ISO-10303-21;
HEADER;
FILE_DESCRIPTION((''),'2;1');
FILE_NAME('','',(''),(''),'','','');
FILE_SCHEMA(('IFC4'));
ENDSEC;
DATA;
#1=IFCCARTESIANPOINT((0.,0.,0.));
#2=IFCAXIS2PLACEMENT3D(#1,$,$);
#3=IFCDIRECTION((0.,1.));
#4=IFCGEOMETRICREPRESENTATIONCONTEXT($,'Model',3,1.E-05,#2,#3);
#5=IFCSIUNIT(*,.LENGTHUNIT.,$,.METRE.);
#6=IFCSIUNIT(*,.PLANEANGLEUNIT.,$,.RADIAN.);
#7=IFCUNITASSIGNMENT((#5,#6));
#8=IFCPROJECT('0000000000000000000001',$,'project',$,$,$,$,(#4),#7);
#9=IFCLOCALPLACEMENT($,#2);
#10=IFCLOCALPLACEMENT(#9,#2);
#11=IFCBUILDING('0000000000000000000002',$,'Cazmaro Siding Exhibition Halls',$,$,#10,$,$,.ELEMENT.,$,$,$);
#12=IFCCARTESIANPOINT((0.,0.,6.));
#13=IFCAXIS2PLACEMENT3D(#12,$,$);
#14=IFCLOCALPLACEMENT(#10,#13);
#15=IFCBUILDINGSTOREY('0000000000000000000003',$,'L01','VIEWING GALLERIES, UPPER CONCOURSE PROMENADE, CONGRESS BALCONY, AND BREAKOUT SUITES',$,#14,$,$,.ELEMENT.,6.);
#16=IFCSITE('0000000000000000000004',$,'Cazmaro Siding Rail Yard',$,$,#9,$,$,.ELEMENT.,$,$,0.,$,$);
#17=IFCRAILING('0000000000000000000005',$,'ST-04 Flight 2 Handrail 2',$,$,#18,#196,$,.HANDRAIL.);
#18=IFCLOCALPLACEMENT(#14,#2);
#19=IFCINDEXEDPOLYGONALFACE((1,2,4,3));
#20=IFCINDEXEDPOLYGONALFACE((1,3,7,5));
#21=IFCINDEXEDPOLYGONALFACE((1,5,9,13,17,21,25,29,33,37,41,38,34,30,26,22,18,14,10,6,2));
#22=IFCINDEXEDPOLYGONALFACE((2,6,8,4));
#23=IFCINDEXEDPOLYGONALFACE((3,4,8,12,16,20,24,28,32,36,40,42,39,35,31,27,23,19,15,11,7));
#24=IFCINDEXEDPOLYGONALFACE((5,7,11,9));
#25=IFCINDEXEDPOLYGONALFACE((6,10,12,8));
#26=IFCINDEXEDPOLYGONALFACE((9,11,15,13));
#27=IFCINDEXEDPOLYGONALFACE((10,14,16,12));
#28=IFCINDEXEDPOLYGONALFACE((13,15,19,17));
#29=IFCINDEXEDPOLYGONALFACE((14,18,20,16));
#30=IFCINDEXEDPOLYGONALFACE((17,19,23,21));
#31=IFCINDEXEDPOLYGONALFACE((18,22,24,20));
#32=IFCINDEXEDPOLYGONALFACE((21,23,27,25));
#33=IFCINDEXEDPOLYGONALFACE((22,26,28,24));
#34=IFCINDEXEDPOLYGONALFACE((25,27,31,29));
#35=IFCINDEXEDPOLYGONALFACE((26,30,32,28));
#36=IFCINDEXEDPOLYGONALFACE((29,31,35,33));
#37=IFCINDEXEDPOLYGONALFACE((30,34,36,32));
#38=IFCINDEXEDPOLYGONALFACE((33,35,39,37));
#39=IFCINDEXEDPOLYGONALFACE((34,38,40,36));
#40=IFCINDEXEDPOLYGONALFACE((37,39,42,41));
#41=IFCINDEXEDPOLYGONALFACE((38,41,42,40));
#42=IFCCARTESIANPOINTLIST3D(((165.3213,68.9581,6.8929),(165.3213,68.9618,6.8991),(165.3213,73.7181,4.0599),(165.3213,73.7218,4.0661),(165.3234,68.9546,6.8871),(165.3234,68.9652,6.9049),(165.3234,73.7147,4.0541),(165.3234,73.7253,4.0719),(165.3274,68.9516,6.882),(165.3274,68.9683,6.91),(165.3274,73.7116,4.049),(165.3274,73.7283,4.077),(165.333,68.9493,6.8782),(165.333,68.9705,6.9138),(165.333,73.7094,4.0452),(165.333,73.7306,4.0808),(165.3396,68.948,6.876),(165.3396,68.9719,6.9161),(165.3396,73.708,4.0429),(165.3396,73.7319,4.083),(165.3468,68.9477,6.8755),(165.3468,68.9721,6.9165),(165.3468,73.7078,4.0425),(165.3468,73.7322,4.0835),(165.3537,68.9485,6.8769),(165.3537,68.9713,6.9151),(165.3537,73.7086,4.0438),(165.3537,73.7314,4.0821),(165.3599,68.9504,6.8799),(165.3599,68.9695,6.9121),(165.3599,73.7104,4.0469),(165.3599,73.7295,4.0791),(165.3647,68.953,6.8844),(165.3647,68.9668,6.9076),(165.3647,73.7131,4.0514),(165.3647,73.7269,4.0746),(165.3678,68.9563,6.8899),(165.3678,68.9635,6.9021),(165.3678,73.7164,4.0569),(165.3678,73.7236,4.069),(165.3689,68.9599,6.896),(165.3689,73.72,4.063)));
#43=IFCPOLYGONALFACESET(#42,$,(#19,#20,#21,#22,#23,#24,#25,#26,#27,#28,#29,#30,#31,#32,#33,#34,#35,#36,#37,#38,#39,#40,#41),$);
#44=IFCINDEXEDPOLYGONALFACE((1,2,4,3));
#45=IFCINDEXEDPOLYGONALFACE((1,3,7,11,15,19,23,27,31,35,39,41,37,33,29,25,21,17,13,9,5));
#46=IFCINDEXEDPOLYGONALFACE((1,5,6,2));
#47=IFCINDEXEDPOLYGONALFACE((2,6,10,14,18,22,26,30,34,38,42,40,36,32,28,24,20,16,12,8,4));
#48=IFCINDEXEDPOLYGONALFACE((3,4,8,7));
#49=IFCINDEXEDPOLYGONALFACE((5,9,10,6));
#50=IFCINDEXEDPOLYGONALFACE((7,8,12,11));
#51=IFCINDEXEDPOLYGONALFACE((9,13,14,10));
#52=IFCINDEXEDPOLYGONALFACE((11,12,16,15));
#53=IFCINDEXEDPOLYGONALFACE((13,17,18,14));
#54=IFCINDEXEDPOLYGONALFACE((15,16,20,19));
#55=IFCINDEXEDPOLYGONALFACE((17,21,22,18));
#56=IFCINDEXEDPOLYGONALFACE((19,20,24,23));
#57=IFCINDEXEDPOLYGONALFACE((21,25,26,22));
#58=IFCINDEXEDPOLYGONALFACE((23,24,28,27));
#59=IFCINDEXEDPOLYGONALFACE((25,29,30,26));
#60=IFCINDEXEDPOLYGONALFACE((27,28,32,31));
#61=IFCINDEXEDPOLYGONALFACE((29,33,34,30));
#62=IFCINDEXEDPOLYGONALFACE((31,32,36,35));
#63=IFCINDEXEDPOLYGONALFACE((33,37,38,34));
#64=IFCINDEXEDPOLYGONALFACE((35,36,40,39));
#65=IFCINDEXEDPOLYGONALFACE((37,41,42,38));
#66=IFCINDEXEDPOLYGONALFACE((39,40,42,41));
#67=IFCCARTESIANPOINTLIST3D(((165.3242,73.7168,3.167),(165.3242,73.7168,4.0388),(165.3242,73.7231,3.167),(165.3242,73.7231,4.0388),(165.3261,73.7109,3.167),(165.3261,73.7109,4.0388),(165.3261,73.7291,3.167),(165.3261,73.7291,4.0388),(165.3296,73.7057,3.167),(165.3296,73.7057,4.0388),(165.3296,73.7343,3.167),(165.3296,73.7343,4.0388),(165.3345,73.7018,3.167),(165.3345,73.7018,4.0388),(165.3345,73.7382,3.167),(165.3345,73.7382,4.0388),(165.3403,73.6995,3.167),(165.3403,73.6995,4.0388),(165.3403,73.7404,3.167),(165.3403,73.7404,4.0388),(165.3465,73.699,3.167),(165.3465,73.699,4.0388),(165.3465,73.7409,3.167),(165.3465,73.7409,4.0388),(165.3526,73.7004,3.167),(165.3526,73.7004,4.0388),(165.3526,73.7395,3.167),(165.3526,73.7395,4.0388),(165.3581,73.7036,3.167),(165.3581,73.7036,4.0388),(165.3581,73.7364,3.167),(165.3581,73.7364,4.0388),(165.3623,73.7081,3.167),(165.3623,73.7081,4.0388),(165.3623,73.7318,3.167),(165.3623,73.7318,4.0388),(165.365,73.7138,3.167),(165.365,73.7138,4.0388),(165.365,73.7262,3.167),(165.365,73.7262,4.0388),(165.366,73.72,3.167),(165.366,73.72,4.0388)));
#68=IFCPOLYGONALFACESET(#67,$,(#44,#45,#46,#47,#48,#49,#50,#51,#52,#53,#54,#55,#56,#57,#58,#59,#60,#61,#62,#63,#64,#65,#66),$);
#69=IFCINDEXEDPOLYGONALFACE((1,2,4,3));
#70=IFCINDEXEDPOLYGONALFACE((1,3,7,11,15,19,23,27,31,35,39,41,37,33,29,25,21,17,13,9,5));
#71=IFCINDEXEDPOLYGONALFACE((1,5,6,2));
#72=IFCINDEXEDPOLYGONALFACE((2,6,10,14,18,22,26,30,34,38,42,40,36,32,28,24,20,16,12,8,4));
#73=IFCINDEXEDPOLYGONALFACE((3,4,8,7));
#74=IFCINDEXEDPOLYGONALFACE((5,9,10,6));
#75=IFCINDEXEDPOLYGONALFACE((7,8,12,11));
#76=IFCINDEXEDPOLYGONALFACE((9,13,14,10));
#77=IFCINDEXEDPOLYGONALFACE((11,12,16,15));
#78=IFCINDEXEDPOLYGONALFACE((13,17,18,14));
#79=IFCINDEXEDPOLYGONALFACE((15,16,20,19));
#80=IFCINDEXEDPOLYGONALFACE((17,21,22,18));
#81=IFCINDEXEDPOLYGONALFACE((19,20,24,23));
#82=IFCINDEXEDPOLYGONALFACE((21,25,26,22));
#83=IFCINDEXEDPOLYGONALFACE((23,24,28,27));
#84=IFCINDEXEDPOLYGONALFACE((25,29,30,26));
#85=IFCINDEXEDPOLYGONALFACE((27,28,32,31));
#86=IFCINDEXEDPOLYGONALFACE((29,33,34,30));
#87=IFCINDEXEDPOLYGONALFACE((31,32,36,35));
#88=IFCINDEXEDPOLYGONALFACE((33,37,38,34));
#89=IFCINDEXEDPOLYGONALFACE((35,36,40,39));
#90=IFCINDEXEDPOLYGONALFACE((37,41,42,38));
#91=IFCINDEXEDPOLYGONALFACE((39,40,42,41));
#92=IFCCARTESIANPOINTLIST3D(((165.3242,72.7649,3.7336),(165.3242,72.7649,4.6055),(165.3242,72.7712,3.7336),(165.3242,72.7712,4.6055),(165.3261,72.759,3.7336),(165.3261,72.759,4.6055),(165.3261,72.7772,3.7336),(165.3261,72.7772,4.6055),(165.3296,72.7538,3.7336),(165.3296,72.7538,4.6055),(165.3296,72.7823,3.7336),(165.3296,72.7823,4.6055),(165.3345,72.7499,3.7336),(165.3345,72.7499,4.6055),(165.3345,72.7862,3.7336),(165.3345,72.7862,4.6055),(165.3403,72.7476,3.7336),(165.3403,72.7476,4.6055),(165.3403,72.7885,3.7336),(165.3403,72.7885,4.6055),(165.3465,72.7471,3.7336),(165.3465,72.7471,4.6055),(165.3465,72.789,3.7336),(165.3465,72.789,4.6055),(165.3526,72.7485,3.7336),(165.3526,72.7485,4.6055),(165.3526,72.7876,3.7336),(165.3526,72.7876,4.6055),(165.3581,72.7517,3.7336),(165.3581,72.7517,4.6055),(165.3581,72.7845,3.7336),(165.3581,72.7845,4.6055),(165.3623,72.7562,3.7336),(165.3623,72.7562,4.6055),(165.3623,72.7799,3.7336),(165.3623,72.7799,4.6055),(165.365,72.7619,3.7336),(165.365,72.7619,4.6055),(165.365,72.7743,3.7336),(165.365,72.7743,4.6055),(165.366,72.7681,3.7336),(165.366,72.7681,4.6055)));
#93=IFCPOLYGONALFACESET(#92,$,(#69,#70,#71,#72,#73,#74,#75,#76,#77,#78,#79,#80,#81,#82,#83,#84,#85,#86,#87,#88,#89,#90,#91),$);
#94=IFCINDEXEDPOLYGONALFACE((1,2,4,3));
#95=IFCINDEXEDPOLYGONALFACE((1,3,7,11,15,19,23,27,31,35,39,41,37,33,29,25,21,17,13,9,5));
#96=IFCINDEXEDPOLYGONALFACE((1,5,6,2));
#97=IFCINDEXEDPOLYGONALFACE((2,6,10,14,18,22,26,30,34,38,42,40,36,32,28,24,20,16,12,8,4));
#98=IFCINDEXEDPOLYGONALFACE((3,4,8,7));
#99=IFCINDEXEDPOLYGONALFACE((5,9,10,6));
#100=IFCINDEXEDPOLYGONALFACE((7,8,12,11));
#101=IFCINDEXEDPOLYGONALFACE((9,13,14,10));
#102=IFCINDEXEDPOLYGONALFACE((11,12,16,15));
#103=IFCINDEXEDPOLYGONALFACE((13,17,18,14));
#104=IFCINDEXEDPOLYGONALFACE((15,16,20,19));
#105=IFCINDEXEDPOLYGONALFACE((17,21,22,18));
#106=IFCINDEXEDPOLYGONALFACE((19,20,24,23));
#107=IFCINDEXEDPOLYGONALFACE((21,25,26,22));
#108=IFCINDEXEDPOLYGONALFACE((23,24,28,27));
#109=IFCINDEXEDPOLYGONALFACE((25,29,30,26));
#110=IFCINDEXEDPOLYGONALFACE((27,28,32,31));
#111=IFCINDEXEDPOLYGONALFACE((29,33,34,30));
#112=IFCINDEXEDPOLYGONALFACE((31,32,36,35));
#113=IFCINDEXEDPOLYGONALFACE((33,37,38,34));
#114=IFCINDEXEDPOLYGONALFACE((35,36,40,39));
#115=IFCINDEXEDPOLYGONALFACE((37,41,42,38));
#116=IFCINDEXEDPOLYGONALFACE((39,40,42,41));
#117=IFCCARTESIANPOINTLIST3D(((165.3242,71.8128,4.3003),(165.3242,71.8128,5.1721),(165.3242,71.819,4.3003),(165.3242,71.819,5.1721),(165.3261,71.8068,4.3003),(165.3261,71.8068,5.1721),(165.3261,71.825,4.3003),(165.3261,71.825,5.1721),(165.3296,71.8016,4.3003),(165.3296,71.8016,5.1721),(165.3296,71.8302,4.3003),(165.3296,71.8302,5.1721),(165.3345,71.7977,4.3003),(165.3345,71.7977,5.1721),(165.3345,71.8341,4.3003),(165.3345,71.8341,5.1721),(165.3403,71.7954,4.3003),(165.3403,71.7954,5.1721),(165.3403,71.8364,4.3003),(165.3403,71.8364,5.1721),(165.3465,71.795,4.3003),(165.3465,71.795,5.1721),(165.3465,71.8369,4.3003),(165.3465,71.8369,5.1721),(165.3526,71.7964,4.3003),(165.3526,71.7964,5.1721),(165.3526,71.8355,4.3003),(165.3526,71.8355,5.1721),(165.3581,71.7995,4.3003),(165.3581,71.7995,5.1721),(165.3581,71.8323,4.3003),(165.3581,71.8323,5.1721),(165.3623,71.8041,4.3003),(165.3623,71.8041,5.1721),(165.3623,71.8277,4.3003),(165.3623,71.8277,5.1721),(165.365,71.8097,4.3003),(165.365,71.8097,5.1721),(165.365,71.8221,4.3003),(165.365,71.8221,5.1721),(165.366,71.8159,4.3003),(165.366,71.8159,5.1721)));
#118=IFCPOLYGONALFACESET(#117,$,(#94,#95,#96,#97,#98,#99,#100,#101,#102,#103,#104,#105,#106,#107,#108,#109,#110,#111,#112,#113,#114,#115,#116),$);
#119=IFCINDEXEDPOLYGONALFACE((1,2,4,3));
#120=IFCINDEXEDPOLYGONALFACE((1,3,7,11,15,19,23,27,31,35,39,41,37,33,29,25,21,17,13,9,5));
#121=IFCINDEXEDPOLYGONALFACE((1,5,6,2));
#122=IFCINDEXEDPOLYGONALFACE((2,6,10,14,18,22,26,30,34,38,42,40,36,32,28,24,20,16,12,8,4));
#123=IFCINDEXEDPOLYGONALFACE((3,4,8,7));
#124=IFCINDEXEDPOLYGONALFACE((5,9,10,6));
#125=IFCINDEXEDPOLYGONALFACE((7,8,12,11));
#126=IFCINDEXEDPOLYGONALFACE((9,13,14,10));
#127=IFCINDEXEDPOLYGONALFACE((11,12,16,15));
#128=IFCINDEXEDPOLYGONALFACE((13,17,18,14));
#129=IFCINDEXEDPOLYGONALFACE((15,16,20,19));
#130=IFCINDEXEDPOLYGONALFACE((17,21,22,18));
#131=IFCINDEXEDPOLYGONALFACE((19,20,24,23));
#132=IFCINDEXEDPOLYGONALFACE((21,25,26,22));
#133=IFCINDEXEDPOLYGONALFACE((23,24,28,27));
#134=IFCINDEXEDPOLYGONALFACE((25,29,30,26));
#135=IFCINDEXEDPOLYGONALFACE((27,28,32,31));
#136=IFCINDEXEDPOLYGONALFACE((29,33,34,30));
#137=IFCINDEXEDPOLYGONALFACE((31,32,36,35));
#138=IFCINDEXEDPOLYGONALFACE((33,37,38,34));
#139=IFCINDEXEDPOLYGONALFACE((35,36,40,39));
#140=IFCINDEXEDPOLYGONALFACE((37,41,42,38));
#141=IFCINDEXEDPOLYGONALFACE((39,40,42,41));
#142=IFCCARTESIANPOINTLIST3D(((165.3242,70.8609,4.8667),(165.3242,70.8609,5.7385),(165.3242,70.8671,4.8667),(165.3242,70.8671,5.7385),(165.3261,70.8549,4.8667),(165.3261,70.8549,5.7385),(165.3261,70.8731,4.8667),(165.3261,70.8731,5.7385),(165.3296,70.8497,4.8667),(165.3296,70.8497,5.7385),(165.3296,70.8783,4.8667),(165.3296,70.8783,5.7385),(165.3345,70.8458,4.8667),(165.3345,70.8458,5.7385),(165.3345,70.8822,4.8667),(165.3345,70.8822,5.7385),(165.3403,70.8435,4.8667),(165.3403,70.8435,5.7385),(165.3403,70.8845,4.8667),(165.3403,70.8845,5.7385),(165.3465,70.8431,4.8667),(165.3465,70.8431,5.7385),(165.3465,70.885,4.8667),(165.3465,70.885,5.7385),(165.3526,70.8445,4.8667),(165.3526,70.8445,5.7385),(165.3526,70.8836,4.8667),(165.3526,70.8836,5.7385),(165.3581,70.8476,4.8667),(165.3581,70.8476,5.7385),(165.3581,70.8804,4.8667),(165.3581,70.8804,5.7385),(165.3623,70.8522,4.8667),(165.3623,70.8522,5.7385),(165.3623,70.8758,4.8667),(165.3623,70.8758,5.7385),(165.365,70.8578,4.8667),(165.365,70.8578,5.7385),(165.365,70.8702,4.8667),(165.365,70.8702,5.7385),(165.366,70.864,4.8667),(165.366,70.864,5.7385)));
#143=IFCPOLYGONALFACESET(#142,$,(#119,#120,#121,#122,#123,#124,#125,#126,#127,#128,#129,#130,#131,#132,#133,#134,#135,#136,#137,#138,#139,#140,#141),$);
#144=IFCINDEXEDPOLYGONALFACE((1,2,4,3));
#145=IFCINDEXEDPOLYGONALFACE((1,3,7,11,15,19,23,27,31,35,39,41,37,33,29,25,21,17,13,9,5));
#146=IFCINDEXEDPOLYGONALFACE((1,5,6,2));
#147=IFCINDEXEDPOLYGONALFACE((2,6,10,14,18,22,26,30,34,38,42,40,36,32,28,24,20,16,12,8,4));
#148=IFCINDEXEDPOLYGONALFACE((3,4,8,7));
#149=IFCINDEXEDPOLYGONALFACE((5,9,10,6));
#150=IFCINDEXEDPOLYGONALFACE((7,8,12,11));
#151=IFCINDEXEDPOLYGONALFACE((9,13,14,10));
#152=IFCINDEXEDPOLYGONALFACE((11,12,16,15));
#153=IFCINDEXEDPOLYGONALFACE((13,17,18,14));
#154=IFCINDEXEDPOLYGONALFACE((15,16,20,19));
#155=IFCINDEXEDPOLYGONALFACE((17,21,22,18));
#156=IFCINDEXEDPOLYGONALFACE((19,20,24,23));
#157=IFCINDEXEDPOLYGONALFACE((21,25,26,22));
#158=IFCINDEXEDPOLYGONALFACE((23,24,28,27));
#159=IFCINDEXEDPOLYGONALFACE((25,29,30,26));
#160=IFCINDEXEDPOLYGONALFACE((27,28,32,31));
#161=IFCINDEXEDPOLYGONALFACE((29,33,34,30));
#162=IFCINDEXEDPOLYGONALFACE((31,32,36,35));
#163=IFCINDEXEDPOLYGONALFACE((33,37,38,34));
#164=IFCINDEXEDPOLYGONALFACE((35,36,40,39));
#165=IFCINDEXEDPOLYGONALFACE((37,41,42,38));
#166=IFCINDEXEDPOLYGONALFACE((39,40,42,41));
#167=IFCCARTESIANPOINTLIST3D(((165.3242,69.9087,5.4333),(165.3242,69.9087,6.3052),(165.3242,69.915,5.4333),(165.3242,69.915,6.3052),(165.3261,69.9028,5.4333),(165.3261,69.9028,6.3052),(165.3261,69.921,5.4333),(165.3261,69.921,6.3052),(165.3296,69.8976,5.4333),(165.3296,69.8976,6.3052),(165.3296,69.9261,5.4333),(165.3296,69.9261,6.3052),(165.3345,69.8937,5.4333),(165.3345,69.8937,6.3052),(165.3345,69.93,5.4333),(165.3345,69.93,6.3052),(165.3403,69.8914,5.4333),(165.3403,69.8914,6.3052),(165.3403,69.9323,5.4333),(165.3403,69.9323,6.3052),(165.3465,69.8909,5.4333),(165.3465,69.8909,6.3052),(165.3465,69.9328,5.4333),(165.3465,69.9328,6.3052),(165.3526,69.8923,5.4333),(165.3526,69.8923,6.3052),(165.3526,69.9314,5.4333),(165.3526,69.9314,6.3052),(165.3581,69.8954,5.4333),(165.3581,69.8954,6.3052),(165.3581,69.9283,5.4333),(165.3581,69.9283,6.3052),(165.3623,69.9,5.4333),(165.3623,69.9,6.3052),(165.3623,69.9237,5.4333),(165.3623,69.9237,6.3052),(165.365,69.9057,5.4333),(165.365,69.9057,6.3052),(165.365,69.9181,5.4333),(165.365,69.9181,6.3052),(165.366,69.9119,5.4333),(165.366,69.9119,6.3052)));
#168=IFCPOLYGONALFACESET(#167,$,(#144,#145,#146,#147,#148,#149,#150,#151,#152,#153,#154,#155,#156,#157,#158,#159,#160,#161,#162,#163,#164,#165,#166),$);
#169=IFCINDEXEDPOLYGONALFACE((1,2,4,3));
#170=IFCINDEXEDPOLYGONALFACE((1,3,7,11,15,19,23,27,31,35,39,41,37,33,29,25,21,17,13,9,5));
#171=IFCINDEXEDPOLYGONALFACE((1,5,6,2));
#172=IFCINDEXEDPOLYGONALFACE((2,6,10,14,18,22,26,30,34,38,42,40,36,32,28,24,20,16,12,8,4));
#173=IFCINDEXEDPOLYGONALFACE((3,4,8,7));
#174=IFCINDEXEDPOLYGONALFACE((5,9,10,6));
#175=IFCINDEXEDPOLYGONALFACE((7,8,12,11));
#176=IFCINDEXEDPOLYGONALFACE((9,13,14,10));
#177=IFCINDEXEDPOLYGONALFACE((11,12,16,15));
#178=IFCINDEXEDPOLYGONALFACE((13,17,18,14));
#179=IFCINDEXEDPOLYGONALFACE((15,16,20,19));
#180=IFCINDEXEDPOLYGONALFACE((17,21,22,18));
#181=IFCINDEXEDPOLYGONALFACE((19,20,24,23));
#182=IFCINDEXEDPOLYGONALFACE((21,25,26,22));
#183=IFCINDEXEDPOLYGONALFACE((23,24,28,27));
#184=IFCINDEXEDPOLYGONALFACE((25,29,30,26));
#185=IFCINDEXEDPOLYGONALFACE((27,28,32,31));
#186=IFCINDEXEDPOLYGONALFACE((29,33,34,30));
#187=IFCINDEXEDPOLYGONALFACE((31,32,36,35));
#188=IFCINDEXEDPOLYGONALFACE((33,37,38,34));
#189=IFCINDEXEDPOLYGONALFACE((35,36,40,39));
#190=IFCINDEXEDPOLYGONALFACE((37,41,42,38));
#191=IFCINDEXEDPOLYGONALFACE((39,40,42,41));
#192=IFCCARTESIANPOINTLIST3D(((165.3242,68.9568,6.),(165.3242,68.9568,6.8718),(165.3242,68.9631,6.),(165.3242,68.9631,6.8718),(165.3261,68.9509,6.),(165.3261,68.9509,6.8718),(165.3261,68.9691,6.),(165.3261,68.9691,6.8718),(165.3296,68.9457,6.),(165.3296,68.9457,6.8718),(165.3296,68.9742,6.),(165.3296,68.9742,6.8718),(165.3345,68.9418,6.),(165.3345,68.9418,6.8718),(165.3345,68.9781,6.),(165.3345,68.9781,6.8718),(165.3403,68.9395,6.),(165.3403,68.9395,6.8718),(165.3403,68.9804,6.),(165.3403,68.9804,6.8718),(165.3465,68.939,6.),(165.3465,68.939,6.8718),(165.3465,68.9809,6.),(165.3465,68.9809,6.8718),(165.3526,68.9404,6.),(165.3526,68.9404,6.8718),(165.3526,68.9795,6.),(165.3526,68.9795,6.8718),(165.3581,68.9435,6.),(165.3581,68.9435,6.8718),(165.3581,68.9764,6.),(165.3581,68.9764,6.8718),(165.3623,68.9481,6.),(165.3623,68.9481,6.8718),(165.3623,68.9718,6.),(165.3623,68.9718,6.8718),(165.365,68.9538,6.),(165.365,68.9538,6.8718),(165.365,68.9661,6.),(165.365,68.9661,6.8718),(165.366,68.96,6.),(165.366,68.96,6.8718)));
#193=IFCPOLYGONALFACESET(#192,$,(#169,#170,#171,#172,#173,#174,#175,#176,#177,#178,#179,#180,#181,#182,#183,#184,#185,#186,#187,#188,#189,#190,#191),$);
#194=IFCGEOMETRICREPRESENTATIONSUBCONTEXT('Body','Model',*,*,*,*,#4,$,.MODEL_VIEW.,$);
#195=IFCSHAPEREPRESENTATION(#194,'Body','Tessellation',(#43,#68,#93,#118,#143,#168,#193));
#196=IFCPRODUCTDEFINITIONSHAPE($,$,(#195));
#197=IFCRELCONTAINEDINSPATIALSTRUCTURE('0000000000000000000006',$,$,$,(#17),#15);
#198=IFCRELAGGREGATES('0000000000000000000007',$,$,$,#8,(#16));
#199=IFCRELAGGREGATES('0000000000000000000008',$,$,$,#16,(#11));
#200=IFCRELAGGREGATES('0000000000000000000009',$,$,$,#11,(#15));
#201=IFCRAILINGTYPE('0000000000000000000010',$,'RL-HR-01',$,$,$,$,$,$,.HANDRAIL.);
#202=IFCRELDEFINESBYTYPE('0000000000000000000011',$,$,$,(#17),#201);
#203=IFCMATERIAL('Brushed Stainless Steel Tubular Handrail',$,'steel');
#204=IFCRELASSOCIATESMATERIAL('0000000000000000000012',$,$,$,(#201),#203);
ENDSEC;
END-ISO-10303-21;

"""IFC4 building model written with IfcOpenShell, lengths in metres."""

from ifc_helpers import new_model, si_unit, direction, frame, origin, origin_2d, place, context, subcontext, project, spatial, circle, extrude, material, type_object, element, save


model = new_model("IFC4")

# Units and contexts
model_context = context("Model", 3, precision=1e-05, world=origin(), true_north=direction((0.0, 1.0)))
body_context = subcontext(model_context, "Body", "Model", "MODEL_VIEW")
ifc_project = project(units=[si_unit("LENGTHUNIT", "METRE"), si_unit("PLANEANGLEUNIT", "RADIAN")], contexts=[model_context])

# Site, building, storey
site_placement = place(None, origin())
site = spatial("IfcSite", under=ifc_project, at=site_placement, Name="Cazmaro Siding Rail Yard", CompositionType="ELEMENT", RefElevation=0.0)
building_placement = place(site_placement, origin())
building = spatial("IfcBuilding", under=site, at=building_placement, Name="Cazmaro Siding Exhibition Halls", CompositionType="ELEMENT")
storey_placement = place(building_placement, frame((0.0, 0.0, 6.0)))
storey = spatial("IfcBuildingStorey", under=building, at=storey_placement, Name="L01", Description="VIEWING GALLERIES, UPPER CONCOURSE PROMENADE, CONGRESS BALCONY, AND BREAKOUT SUITES", CompositionType="ELEMENT", Elevation=6.0)

# Railing
ifc_material_1 = material(Name="Brushed Stainless Steel Tubular Handrail", Category="steel")
railing_type_1 = type_object("IfcRailingType", Name="RL-HR-01", PredefinedType="HANDRAIL", material=ifc_material_1)
for number, where, name in (
    (1, (165.345, 73.72, 3.167), "ST-04 Flight 2 Handrail 2"),
):
    element("IfcRailing", number, at=place(storey_placement, frame(where)), inside=storey, type_object=railing_type_1, Name=name, PredefinedType="HANDRAIL", context=body_context, shape_type="SweptSolid", body=[
        extrude(circle(Radius=0.0239, at=origin_2d()), frame((0.0, 0.0, 0.896), z_axis=(0.0, -0.859319, 0.51144), x_axis=(1.0, 0.0, 0.0)), (0.0, 0.0, 1.0), 5.5393),
        extrude(circle(Radius=0.021, at=origin_2d()), origin(), (0.0, 0.0, 1.0), 0.8718),
        extrude(circle(Radius=0.021, at=origin_2d()), frame((0.0, -0.9519, 0.5667)), (0.0, 0.0, 1.0), 0.8718),
        extrude(circle(Radius=0.021, at=origin_2d()), frame((0.0, -1.9041, 1.1333)), (0.0, 0.0, 1.0), 0.8718),
        extrude(circle(Radius=0.021, at=origin_2d()), frame((0.0, -2.856, 1.6997)), (0.0, 0.0, 1.0), 0.8718),
        extrude(circle(Radius=0.021, at=origin_2d()), frame((0.0, -3.8081, 2.2664)), (0.0, 0.0, 1.0), 0.8718),
        extrude(circle(Radius=0.021, at=origin_2d()), frame((0.0, -4.76, 2.833)), (0.0, 0.0, 1.0), 0.8718),
    ])

save(model, "model.ifc")
